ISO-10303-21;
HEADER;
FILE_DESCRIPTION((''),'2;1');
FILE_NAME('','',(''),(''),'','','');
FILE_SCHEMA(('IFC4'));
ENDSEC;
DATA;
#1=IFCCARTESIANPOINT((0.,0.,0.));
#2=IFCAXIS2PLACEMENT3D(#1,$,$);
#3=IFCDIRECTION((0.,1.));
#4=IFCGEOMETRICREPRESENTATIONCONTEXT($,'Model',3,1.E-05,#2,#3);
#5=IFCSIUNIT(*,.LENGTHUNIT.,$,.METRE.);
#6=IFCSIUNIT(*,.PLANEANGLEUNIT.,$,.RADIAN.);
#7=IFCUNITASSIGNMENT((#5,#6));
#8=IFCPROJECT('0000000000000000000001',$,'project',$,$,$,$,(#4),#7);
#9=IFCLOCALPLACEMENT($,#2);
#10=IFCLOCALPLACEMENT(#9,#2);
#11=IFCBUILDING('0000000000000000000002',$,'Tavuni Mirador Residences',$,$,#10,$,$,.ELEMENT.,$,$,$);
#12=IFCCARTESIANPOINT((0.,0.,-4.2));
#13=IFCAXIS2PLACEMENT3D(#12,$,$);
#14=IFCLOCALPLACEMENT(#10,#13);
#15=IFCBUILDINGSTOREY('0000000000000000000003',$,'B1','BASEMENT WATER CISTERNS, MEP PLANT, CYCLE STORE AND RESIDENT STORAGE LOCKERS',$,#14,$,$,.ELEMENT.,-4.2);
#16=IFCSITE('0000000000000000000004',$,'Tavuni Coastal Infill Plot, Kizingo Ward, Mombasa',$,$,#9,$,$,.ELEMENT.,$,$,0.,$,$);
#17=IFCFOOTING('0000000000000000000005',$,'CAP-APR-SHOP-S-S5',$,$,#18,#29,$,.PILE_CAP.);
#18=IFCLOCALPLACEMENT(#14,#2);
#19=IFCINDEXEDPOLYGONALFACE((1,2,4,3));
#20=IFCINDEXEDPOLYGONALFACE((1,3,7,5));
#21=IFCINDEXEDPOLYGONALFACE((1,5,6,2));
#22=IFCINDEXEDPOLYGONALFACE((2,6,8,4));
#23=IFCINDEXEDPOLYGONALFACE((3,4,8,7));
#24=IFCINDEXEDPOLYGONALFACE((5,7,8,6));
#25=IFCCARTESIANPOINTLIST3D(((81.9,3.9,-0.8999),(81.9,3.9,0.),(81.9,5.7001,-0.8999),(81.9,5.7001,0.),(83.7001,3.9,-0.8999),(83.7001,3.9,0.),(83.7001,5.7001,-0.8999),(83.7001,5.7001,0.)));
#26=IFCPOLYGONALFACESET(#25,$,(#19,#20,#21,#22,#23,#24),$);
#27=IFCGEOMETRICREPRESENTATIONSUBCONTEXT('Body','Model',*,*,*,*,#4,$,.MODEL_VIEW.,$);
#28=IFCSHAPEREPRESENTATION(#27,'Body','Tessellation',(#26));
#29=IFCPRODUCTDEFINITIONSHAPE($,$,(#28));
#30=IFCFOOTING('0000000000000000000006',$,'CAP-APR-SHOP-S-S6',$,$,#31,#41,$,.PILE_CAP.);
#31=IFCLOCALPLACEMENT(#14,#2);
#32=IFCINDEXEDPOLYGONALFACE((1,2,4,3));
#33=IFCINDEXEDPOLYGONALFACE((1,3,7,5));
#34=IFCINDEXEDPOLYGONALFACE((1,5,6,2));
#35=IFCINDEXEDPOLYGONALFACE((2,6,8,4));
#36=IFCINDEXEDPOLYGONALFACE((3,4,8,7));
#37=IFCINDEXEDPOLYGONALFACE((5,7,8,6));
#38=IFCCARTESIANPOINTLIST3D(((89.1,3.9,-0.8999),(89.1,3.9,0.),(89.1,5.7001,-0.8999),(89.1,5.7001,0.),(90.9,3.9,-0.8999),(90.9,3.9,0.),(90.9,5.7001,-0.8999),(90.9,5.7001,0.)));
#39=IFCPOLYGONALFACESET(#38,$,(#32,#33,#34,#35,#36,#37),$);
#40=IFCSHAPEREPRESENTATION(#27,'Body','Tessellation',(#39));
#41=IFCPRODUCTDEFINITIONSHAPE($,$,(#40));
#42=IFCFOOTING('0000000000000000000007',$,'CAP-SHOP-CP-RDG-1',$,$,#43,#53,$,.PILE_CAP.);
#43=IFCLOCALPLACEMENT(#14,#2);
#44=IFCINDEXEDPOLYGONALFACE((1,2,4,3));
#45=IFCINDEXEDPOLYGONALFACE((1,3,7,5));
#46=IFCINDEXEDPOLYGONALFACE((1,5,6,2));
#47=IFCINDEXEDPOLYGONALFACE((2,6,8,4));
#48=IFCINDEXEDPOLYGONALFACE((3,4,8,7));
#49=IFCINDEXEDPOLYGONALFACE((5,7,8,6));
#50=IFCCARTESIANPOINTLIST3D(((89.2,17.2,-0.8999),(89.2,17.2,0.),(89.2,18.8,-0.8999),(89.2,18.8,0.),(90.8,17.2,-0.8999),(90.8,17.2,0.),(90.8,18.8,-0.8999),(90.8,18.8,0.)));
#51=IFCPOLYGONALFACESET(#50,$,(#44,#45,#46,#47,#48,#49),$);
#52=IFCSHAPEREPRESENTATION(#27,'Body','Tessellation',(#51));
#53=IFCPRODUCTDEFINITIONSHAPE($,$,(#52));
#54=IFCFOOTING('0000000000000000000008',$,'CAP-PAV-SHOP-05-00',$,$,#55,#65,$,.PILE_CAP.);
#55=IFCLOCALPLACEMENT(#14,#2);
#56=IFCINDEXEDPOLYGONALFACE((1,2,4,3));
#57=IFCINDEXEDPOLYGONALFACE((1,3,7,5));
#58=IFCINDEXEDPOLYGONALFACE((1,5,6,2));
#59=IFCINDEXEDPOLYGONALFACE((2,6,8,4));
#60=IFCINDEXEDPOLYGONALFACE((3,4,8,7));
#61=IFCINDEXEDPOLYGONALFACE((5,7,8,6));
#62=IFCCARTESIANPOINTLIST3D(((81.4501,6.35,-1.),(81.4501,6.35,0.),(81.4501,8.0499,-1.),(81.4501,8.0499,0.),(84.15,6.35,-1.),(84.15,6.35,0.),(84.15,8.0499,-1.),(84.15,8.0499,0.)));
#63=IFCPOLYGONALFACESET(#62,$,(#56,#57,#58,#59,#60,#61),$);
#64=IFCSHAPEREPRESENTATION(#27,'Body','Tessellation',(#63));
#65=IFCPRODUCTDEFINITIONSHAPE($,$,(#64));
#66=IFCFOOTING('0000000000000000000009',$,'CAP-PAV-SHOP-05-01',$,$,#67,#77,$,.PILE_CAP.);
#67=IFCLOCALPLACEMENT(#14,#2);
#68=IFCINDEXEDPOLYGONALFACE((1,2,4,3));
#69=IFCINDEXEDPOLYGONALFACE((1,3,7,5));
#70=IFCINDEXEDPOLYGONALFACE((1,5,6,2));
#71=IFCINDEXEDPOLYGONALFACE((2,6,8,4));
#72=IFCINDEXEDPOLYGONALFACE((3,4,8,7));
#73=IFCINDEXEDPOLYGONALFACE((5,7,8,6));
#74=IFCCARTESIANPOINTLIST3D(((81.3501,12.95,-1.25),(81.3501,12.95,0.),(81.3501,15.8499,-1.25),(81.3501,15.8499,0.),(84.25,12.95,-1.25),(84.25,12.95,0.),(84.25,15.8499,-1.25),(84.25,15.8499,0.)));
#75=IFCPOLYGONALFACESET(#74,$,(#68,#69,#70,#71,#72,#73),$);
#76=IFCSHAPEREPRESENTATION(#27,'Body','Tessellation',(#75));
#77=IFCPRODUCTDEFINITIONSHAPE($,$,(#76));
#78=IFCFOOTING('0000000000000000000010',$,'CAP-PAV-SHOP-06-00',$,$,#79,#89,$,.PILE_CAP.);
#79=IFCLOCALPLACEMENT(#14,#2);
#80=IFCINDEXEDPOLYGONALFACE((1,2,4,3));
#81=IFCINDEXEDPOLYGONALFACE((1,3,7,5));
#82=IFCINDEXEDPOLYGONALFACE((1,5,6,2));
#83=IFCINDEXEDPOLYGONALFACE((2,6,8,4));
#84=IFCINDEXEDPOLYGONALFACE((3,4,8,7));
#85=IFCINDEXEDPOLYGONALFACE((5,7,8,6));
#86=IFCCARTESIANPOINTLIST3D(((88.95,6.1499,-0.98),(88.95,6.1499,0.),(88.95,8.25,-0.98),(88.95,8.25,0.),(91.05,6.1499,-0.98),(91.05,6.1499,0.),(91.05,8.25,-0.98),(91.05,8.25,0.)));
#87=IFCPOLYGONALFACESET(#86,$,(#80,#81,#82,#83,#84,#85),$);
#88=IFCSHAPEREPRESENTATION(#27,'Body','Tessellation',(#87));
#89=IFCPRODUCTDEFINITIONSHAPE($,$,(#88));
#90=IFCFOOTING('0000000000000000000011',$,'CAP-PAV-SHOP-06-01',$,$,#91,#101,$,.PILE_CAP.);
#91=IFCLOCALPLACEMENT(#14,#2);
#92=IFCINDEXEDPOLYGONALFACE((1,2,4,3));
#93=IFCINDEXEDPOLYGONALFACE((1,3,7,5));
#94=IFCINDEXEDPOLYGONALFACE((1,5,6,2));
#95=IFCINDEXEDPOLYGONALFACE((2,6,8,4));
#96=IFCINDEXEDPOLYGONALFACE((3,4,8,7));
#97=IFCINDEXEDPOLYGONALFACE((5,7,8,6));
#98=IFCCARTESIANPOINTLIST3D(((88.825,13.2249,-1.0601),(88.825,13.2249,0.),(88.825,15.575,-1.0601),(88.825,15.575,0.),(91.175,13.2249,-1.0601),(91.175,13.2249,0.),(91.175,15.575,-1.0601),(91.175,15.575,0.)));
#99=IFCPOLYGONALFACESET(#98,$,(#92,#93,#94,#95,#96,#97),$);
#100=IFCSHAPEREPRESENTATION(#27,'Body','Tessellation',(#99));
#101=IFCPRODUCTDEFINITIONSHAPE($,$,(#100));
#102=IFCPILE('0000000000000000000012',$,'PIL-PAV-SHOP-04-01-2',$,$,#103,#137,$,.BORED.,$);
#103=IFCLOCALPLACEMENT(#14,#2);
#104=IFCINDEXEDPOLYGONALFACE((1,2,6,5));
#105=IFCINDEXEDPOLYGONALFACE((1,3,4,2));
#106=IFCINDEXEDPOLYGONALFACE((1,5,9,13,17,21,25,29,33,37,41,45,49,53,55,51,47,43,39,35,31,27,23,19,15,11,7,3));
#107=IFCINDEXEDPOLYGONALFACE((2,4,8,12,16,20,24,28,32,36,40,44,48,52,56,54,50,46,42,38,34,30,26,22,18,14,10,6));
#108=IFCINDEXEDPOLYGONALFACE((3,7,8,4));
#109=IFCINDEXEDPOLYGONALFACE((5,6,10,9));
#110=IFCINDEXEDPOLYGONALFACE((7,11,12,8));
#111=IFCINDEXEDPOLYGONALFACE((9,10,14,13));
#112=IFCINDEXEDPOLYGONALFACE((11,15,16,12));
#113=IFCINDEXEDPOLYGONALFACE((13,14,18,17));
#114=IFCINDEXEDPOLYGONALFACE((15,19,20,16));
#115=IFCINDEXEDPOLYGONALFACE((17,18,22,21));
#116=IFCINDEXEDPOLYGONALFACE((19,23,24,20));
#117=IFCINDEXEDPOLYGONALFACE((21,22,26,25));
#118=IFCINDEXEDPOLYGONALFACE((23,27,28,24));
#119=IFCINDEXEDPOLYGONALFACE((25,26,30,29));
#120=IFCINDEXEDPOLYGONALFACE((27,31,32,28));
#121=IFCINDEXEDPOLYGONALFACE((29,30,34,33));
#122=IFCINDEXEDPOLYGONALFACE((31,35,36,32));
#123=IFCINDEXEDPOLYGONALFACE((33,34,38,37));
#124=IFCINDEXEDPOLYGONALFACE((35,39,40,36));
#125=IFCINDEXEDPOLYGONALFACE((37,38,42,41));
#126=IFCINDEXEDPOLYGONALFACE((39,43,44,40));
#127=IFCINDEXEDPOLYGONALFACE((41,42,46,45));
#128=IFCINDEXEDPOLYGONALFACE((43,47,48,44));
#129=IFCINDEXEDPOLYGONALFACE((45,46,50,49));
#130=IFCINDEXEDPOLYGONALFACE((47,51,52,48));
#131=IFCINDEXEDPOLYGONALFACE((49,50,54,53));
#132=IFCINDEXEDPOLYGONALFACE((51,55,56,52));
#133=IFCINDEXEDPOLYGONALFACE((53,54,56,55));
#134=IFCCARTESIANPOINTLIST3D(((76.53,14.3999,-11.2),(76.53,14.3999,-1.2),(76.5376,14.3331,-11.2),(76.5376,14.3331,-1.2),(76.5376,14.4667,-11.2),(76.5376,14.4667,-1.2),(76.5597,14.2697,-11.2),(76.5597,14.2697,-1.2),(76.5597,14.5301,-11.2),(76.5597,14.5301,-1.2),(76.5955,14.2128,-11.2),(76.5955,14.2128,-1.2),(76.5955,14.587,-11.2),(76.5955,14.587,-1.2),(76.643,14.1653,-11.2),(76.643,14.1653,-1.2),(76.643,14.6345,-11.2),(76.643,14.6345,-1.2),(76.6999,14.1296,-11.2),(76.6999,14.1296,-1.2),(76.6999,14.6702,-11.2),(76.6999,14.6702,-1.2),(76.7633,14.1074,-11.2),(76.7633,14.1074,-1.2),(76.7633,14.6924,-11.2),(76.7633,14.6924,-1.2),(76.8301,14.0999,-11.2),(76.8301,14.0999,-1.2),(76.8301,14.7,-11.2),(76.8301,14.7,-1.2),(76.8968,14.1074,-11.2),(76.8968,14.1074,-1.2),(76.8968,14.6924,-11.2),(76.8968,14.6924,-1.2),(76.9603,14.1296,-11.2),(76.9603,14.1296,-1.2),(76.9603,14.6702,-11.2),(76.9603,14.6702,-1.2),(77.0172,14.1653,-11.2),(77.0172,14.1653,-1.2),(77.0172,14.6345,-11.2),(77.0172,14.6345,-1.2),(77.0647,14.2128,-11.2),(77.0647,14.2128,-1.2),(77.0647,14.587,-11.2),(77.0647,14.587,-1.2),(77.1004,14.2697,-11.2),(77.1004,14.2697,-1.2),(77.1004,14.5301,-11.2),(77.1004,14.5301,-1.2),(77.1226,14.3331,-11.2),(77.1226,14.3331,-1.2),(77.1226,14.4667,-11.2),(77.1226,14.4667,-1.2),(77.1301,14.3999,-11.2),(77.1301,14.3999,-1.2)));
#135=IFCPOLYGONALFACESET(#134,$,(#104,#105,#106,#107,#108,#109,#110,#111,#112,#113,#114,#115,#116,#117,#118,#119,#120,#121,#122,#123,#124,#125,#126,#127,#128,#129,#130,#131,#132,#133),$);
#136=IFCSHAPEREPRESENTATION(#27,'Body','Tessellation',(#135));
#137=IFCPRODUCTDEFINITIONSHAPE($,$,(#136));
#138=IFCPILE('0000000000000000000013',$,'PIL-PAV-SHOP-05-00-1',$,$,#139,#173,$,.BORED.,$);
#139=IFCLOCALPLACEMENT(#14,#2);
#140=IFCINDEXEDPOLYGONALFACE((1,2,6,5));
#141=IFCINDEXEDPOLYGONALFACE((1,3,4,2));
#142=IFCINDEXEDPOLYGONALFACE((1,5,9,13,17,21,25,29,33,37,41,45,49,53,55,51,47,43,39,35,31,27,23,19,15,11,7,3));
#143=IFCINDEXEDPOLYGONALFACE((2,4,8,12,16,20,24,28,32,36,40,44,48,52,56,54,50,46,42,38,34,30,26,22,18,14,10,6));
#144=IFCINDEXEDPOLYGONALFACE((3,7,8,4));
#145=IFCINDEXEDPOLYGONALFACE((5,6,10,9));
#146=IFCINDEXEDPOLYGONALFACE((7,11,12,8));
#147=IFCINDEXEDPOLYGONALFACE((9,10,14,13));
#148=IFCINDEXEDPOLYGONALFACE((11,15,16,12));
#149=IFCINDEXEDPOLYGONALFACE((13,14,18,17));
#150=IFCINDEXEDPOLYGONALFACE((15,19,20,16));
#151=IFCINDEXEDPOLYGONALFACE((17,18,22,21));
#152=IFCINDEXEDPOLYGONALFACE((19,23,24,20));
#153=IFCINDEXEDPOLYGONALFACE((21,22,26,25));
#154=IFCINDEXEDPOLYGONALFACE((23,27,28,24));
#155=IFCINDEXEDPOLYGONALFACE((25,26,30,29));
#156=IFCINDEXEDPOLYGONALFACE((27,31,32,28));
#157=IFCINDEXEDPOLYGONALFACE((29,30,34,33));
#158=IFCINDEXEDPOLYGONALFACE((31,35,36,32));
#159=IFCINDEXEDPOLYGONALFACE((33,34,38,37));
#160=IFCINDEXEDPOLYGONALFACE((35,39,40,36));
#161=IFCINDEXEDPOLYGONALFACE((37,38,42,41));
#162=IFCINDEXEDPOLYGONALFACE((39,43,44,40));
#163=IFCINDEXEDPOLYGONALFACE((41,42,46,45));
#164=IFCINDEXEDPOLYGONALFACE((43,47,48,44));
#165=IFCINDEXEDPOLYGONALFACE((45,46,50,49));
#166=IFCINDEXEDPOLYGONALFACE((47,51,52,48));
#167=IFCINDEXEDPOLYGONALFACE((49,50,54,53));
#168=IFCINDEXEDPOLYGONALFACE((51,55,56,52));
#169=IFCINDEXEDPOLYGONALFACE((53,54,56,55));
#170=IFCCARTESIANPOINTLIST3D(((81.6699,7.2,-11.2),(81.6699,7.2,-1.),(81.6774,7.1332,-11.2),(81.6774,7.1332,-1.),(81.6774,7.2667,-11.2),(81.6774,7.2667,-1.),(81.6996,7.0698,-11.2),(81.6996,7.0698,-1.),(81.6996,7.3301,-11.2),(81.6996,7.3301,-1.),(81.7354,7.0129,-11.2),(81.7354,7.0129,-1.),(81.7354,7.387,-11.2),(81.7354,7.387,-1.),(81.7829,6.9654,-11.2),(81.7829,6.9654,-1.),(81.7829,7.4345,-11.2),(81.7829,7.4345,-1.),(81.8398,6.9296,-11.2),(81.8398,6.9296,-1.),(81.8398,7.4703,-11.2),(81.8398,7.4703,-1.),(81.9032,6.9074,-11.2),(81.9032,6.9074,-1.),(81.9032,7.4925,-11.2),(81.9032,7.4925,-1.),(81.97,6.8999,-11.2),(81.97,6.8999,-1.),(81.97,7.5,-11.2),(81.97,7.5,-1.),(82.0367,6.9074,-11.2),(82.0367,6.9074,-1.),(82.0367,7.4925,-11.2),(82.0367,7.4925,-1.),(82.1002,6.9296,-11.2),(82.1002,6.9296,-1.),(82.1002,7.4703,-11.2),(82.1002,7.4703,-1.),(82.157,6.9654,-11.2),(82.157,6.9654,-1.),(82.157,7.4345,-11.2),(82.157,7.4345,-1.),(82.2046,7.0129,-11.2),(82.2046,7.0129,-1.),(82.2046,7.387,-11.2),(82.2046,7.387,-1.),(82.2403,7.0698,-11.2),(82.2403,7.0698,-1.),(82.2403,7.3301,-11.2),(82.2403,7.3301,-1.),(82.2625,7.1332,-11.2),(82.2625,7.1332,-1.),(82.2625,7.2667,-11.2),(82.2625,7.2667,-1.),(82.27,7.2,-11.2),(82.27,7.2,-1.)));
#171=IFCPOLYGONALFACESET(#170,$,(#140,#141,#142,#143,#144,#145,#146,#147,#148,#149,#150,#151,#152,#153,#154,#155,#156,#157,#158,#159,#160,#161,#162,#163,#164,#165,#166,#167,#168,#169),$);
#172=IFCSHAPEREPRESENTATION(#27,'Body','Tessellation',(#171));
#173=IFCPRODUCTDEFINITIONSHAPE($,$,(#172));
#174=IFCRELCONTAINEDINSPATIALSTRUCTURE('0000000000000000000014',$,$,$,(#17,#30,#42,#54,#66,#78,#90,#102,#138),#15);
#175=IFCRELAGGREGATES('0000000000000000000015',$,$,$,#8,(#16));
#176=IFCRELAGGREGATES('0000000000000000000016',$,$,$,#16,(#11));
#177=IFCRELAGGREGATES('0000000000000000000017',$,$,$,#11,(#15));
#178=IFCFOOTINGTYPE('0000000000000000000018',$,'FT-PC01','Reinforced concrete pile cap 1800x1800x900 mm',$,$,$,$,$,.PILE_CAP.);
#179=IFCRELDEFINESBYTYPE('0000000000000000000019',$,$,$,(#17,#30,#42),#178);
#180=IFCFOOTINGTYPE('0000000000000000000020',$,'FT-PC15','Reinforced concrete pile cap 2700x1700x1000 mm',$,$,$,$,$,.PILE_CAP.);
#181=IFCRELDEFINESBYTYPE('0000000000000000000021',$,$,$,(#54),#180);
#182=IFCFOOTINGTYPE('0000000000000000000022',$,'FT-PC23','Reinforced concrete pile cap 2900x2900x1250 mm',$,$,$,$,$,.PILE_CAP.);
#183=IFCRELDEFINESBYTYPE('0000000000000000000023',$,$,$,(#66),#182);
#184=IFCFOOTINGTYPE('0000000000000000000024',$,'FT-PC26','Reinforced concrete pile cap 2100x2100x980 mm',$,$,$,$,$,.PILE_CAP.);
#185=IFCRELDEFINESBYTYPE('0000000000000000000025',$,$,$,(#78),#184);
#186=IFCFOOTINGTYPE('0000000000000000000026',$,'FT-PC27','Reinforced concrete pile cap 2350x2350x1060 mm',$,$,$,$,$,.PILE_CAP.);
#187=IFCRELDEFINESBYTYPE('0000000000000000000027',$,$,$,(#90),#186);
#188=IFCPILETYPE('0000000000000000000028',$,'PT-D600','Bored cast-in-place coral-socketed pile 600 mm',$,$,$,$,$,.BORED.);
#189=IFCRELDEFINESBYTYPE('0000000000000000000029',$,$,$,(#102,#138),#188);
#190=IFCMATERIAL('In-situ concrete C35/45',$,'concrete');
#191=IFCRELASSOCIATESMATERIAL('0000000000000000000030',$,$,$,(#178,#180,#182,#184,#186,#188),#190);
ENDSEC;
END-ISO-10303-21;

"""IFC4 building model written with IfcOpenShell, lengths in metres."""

from ifc_helpers import new_model, si_unit, direction, frame, origin, origin_2d, place, context, subcontext, project, spatial, rectangle, circle, extrude, material, material_profile, profile_set, type_object, element, save


model = new_model("IFC4")

# Units and contexts
model_context = context("Model", 3, precision=1e-05, world=origin(), true_north=direction((0.0, 1.0)))
body_context = subcontext(model_context, "Body", "Model", "MODEL_VIEW")
ifc_project = project(units=[si_unit("LENGTHUNIT", "METRE"), si_unit("PLANEANGLEUNIT", "RADIAN")], contexts=[model_context])

# Site, building, storey
site_placement = place(None, origin())
site = spatial("IfcSite", under=ifc_project, at=site_placement, Name="Tavuni Coastal Infill Plot, Kizingo Ward, Mombasa", CompositionType="ELEMENT", RefElevation=0.0)
building_placement = place(site_placement, origin())
building = spatial("IfcBuilding", under=site, at=building_placement, Name="Tavuni Mirador Residences", CompositionType="ELEMENT")
storey_placement = place(building_placement, frame((0.0, 0.0, -4.2)))
storey = spatial("IfcBuildingStorey", under=building, at=storey_placement, Name="B1", Description="BASEMENT WATER CISTERNS, MEP PLANT, CYCLE STORE AND RESIDENT STORAGE LOCKERS", CompositionType="ELEMENT", Elevation=-4.2)

# Footings
ifc_material_1 = material(Name="In-situ concrete C35/45", Category="concrete")
footing_type_1 = type_object("IfcFootingType", Name="FT-PC01", Description="Reinforced concrete pile cap 1800x1800x900 mm", PredefinedType="PILE_CAP", material=ifc_material_1)
for number, where, z_axis, x_axis, name in (
    (1, (82.8, 4.8, -0.8999), (0.0, 0.0, 1.0), (1.0, 0.0, 0.0), "CAP-APR-SHOP-S-S5"),
    (2, (90.0, 4.8, -0.8999), (0.0, 0.0, 1.0), (1.0, 0.0, 0.0), "CAP-APR-SHOP-S-S6"),
):
    element("IfcFooting", number, at=place(storey_placement, frame(where, z_axis=z_axis, x_axis=x_axis)), inside=storey, type_object=footing_type_1, Name=name, PredefinedType="PILE_CAP", context=body_context, shape_type="SweptSolid", body=[
        extrude(rectangle(XDim=1.8, YDim=1.8, at=origin_2d()), origin(), (0.0, 0.0, 1.0), 0.8999),
    ])
footing_1_placement = place(storey_placement, frame((90.0, 18.0, -0.8999), z_axis=(0.0, 0.0, 1.0), x_axis=(1.0, 0.0, 0.0)))
element("IfcFooting", 3, at=footing_1_placement, inside=storey, type_object=footing_type_1, Name="CAP-SHOP-CP-RDG-1", PredefinedType="PILE_CAP", context=body_context, shape_type="SweptSolid", body=[
    extrude(rectangle(XDim=1.6001, YDim=1.6001, at=origin_2d()), origin(), (0.0, 0.0, 1.0), 0.8999),
])
footing_type_2 = type_object("IfcFootingType", Name="FT-PC15", Description="Reinforced concrete pile cap 2700x1700x1000 mm", PredefinedType="PILE_CAP", material=ifc_material_1)
footing_2_placement = place(storey_placement, frame((82.8, 7.2, -1.0), z_axis=(0.0, 0.0, 1.0), x_axis=(1.0, 0.0, 0.0)))
element("IfcFooting", 4, at=footing_2_placement, inside=storey, type_object=footing_type_2, Name="CAP-PAV-SHOP-05-00", PredefinedType="PILE_CAP", context=body_context, shape_type="SweptSolid", body=[
    extrude(rectangle(XDim=2.7, YDim=1.7, at=origin_2d()), origin(), (0.0, 0.0, 1.0), 1.0),
])
footing_type_3 = type_object("IfcFootingType", Name="FT-PC23", Description="Reinforced concrete pile cap 2900x2900x1250 mm", PredefinedType="PILE_CAP", material=ifc_material_1)
footing_3_placement = place(storey_placement, frame((82.8, 14.3999, -1.25), z_axis=(0.0, 0.0, 1.0), x_axis=(1.0, 0.0, 0.0)))
element("IfcFooting", 5, at=footing_3_placement, inside=storey, type_object=footing_type_3, Name="CAP-PAV-SHOP-05-01", PredefinedType="PILE_CAP", context=body_context, shape_type="SweptSolid", body=[
    extrude(rectangle(XDim=2.8999, YDim=2.8999, at=origin_2d()), origin(), (0.0, 0.0, 1.0), 1.25),
])
footing_type_4 = type_object("IfcFootingType", Name="FT-PC26", Description="Reinforced concrete pile cap 2100x2100x980 mm", PredefinedType="PILE_CAP", material=ifc_material_1)
footing_4_placement = place(storey_placement, frame((90.0, 7.2, -0.98), z_axis=(0.0, 0.0, 1.0), x_axis=(1.0, 0.0, 0.0)))
element("IfcFooting", 6, at=footing_4_placement, inside=storey, type_object=footing_type_4, Name="CAP-PAV-SHOP-06-00", PredefinedType="PILE_CAP", context=body_context, shape_type="SweptSolid", body=[
    extrude(rectangle(XDim=2.1001, YDim=2.1001, at=origin_2d()), origin(), (0.0, 0.0, 1.0), 0.98),
])
footing_type_5 = type_object("IfcFootingType", Name="FT-PC27", Description="Reinforced concrete pile cap 2350x2350x1060 mm", PredefinedType="PILE_CAP", material=ifc_material_1)
footing_5_placement = place(storey_placement, frame((90.0, 14.3999, -1.0601), z_axis=(0.0, 0.0, 1.0), x_axis=(1.0, 0.0, 0.0)))
element("IfcFooting", 7, at=footing_5_placement, inside=storey, type_object=footing_type_5, Name="CAP-PAV-SHOP-06-01", PredefinedType="PILE_CAP", context=body_context, shape_type="SweptSolid", body=[
    extrude(rectangle(XDim=2.3501, YDim=2.3501, at=origin_2d()), origin(), (0.0, 0.0, 1.0), 1.0601),
])

# Piles
ifc_material_profile_1 = material_profile(ifc_material_1, circle(Radius=0.3, at=origin_2d()), Name="PILE D600", Category="concrete")
ifc_profile_set_1 = profile_set([ifc_material_profile_1], Name="In-situ concrete C35/45")
pile_type_1 = type_object("IfcPileType", Name="PT-D600", Description="Bored cast-in-place coral-socketed pile 600 mm", PredefinedType="BORED", material=ifc_profile_set_1)
pile_1_placement = place(storey_placement, frame((76.8301, 14.3999, -1.2), z_axis=(0.0, 0.0, -1.0), x_axis=(1.0, 0.0, 0.0)))
element("IfcPile", 8, at=pile_1_placement, inside=storey, type_object=pile_type_1, Name="PIL-PAV-SHOP-04-01-2", PredefinedType="BORED", context=body_context, shape_type="SweptSolid", body=[
    extrude(circle(Radius=0.3, at=origin_2d()), origin(), (0.0, 0.0, 1.0), 10.0),
])
for number, where, z_axis, x_axis, name in (
    (9, (81.97, 7.2, -1.0), (0.0, 0.0, -1.0), (1.0, 0.0, 0.0), "PIL-PAV-SHOP-05-00-1"),
):
    element("IfcPile", number, at=place(storey_placement, frame(where, z_axis=z_axis, x_axis=x_axis)), inside=storey, type_object=pile_type_1, Name=name, PredefinedType="BORED", context=body_context, shape_type="SweptSolid", body=[
        extrude(circle(Radius=0.3, at=origin_2d()), origin(), (0.0, 0.0, 1.0), 10.2),
    ])

save(model, "model.ifc")
